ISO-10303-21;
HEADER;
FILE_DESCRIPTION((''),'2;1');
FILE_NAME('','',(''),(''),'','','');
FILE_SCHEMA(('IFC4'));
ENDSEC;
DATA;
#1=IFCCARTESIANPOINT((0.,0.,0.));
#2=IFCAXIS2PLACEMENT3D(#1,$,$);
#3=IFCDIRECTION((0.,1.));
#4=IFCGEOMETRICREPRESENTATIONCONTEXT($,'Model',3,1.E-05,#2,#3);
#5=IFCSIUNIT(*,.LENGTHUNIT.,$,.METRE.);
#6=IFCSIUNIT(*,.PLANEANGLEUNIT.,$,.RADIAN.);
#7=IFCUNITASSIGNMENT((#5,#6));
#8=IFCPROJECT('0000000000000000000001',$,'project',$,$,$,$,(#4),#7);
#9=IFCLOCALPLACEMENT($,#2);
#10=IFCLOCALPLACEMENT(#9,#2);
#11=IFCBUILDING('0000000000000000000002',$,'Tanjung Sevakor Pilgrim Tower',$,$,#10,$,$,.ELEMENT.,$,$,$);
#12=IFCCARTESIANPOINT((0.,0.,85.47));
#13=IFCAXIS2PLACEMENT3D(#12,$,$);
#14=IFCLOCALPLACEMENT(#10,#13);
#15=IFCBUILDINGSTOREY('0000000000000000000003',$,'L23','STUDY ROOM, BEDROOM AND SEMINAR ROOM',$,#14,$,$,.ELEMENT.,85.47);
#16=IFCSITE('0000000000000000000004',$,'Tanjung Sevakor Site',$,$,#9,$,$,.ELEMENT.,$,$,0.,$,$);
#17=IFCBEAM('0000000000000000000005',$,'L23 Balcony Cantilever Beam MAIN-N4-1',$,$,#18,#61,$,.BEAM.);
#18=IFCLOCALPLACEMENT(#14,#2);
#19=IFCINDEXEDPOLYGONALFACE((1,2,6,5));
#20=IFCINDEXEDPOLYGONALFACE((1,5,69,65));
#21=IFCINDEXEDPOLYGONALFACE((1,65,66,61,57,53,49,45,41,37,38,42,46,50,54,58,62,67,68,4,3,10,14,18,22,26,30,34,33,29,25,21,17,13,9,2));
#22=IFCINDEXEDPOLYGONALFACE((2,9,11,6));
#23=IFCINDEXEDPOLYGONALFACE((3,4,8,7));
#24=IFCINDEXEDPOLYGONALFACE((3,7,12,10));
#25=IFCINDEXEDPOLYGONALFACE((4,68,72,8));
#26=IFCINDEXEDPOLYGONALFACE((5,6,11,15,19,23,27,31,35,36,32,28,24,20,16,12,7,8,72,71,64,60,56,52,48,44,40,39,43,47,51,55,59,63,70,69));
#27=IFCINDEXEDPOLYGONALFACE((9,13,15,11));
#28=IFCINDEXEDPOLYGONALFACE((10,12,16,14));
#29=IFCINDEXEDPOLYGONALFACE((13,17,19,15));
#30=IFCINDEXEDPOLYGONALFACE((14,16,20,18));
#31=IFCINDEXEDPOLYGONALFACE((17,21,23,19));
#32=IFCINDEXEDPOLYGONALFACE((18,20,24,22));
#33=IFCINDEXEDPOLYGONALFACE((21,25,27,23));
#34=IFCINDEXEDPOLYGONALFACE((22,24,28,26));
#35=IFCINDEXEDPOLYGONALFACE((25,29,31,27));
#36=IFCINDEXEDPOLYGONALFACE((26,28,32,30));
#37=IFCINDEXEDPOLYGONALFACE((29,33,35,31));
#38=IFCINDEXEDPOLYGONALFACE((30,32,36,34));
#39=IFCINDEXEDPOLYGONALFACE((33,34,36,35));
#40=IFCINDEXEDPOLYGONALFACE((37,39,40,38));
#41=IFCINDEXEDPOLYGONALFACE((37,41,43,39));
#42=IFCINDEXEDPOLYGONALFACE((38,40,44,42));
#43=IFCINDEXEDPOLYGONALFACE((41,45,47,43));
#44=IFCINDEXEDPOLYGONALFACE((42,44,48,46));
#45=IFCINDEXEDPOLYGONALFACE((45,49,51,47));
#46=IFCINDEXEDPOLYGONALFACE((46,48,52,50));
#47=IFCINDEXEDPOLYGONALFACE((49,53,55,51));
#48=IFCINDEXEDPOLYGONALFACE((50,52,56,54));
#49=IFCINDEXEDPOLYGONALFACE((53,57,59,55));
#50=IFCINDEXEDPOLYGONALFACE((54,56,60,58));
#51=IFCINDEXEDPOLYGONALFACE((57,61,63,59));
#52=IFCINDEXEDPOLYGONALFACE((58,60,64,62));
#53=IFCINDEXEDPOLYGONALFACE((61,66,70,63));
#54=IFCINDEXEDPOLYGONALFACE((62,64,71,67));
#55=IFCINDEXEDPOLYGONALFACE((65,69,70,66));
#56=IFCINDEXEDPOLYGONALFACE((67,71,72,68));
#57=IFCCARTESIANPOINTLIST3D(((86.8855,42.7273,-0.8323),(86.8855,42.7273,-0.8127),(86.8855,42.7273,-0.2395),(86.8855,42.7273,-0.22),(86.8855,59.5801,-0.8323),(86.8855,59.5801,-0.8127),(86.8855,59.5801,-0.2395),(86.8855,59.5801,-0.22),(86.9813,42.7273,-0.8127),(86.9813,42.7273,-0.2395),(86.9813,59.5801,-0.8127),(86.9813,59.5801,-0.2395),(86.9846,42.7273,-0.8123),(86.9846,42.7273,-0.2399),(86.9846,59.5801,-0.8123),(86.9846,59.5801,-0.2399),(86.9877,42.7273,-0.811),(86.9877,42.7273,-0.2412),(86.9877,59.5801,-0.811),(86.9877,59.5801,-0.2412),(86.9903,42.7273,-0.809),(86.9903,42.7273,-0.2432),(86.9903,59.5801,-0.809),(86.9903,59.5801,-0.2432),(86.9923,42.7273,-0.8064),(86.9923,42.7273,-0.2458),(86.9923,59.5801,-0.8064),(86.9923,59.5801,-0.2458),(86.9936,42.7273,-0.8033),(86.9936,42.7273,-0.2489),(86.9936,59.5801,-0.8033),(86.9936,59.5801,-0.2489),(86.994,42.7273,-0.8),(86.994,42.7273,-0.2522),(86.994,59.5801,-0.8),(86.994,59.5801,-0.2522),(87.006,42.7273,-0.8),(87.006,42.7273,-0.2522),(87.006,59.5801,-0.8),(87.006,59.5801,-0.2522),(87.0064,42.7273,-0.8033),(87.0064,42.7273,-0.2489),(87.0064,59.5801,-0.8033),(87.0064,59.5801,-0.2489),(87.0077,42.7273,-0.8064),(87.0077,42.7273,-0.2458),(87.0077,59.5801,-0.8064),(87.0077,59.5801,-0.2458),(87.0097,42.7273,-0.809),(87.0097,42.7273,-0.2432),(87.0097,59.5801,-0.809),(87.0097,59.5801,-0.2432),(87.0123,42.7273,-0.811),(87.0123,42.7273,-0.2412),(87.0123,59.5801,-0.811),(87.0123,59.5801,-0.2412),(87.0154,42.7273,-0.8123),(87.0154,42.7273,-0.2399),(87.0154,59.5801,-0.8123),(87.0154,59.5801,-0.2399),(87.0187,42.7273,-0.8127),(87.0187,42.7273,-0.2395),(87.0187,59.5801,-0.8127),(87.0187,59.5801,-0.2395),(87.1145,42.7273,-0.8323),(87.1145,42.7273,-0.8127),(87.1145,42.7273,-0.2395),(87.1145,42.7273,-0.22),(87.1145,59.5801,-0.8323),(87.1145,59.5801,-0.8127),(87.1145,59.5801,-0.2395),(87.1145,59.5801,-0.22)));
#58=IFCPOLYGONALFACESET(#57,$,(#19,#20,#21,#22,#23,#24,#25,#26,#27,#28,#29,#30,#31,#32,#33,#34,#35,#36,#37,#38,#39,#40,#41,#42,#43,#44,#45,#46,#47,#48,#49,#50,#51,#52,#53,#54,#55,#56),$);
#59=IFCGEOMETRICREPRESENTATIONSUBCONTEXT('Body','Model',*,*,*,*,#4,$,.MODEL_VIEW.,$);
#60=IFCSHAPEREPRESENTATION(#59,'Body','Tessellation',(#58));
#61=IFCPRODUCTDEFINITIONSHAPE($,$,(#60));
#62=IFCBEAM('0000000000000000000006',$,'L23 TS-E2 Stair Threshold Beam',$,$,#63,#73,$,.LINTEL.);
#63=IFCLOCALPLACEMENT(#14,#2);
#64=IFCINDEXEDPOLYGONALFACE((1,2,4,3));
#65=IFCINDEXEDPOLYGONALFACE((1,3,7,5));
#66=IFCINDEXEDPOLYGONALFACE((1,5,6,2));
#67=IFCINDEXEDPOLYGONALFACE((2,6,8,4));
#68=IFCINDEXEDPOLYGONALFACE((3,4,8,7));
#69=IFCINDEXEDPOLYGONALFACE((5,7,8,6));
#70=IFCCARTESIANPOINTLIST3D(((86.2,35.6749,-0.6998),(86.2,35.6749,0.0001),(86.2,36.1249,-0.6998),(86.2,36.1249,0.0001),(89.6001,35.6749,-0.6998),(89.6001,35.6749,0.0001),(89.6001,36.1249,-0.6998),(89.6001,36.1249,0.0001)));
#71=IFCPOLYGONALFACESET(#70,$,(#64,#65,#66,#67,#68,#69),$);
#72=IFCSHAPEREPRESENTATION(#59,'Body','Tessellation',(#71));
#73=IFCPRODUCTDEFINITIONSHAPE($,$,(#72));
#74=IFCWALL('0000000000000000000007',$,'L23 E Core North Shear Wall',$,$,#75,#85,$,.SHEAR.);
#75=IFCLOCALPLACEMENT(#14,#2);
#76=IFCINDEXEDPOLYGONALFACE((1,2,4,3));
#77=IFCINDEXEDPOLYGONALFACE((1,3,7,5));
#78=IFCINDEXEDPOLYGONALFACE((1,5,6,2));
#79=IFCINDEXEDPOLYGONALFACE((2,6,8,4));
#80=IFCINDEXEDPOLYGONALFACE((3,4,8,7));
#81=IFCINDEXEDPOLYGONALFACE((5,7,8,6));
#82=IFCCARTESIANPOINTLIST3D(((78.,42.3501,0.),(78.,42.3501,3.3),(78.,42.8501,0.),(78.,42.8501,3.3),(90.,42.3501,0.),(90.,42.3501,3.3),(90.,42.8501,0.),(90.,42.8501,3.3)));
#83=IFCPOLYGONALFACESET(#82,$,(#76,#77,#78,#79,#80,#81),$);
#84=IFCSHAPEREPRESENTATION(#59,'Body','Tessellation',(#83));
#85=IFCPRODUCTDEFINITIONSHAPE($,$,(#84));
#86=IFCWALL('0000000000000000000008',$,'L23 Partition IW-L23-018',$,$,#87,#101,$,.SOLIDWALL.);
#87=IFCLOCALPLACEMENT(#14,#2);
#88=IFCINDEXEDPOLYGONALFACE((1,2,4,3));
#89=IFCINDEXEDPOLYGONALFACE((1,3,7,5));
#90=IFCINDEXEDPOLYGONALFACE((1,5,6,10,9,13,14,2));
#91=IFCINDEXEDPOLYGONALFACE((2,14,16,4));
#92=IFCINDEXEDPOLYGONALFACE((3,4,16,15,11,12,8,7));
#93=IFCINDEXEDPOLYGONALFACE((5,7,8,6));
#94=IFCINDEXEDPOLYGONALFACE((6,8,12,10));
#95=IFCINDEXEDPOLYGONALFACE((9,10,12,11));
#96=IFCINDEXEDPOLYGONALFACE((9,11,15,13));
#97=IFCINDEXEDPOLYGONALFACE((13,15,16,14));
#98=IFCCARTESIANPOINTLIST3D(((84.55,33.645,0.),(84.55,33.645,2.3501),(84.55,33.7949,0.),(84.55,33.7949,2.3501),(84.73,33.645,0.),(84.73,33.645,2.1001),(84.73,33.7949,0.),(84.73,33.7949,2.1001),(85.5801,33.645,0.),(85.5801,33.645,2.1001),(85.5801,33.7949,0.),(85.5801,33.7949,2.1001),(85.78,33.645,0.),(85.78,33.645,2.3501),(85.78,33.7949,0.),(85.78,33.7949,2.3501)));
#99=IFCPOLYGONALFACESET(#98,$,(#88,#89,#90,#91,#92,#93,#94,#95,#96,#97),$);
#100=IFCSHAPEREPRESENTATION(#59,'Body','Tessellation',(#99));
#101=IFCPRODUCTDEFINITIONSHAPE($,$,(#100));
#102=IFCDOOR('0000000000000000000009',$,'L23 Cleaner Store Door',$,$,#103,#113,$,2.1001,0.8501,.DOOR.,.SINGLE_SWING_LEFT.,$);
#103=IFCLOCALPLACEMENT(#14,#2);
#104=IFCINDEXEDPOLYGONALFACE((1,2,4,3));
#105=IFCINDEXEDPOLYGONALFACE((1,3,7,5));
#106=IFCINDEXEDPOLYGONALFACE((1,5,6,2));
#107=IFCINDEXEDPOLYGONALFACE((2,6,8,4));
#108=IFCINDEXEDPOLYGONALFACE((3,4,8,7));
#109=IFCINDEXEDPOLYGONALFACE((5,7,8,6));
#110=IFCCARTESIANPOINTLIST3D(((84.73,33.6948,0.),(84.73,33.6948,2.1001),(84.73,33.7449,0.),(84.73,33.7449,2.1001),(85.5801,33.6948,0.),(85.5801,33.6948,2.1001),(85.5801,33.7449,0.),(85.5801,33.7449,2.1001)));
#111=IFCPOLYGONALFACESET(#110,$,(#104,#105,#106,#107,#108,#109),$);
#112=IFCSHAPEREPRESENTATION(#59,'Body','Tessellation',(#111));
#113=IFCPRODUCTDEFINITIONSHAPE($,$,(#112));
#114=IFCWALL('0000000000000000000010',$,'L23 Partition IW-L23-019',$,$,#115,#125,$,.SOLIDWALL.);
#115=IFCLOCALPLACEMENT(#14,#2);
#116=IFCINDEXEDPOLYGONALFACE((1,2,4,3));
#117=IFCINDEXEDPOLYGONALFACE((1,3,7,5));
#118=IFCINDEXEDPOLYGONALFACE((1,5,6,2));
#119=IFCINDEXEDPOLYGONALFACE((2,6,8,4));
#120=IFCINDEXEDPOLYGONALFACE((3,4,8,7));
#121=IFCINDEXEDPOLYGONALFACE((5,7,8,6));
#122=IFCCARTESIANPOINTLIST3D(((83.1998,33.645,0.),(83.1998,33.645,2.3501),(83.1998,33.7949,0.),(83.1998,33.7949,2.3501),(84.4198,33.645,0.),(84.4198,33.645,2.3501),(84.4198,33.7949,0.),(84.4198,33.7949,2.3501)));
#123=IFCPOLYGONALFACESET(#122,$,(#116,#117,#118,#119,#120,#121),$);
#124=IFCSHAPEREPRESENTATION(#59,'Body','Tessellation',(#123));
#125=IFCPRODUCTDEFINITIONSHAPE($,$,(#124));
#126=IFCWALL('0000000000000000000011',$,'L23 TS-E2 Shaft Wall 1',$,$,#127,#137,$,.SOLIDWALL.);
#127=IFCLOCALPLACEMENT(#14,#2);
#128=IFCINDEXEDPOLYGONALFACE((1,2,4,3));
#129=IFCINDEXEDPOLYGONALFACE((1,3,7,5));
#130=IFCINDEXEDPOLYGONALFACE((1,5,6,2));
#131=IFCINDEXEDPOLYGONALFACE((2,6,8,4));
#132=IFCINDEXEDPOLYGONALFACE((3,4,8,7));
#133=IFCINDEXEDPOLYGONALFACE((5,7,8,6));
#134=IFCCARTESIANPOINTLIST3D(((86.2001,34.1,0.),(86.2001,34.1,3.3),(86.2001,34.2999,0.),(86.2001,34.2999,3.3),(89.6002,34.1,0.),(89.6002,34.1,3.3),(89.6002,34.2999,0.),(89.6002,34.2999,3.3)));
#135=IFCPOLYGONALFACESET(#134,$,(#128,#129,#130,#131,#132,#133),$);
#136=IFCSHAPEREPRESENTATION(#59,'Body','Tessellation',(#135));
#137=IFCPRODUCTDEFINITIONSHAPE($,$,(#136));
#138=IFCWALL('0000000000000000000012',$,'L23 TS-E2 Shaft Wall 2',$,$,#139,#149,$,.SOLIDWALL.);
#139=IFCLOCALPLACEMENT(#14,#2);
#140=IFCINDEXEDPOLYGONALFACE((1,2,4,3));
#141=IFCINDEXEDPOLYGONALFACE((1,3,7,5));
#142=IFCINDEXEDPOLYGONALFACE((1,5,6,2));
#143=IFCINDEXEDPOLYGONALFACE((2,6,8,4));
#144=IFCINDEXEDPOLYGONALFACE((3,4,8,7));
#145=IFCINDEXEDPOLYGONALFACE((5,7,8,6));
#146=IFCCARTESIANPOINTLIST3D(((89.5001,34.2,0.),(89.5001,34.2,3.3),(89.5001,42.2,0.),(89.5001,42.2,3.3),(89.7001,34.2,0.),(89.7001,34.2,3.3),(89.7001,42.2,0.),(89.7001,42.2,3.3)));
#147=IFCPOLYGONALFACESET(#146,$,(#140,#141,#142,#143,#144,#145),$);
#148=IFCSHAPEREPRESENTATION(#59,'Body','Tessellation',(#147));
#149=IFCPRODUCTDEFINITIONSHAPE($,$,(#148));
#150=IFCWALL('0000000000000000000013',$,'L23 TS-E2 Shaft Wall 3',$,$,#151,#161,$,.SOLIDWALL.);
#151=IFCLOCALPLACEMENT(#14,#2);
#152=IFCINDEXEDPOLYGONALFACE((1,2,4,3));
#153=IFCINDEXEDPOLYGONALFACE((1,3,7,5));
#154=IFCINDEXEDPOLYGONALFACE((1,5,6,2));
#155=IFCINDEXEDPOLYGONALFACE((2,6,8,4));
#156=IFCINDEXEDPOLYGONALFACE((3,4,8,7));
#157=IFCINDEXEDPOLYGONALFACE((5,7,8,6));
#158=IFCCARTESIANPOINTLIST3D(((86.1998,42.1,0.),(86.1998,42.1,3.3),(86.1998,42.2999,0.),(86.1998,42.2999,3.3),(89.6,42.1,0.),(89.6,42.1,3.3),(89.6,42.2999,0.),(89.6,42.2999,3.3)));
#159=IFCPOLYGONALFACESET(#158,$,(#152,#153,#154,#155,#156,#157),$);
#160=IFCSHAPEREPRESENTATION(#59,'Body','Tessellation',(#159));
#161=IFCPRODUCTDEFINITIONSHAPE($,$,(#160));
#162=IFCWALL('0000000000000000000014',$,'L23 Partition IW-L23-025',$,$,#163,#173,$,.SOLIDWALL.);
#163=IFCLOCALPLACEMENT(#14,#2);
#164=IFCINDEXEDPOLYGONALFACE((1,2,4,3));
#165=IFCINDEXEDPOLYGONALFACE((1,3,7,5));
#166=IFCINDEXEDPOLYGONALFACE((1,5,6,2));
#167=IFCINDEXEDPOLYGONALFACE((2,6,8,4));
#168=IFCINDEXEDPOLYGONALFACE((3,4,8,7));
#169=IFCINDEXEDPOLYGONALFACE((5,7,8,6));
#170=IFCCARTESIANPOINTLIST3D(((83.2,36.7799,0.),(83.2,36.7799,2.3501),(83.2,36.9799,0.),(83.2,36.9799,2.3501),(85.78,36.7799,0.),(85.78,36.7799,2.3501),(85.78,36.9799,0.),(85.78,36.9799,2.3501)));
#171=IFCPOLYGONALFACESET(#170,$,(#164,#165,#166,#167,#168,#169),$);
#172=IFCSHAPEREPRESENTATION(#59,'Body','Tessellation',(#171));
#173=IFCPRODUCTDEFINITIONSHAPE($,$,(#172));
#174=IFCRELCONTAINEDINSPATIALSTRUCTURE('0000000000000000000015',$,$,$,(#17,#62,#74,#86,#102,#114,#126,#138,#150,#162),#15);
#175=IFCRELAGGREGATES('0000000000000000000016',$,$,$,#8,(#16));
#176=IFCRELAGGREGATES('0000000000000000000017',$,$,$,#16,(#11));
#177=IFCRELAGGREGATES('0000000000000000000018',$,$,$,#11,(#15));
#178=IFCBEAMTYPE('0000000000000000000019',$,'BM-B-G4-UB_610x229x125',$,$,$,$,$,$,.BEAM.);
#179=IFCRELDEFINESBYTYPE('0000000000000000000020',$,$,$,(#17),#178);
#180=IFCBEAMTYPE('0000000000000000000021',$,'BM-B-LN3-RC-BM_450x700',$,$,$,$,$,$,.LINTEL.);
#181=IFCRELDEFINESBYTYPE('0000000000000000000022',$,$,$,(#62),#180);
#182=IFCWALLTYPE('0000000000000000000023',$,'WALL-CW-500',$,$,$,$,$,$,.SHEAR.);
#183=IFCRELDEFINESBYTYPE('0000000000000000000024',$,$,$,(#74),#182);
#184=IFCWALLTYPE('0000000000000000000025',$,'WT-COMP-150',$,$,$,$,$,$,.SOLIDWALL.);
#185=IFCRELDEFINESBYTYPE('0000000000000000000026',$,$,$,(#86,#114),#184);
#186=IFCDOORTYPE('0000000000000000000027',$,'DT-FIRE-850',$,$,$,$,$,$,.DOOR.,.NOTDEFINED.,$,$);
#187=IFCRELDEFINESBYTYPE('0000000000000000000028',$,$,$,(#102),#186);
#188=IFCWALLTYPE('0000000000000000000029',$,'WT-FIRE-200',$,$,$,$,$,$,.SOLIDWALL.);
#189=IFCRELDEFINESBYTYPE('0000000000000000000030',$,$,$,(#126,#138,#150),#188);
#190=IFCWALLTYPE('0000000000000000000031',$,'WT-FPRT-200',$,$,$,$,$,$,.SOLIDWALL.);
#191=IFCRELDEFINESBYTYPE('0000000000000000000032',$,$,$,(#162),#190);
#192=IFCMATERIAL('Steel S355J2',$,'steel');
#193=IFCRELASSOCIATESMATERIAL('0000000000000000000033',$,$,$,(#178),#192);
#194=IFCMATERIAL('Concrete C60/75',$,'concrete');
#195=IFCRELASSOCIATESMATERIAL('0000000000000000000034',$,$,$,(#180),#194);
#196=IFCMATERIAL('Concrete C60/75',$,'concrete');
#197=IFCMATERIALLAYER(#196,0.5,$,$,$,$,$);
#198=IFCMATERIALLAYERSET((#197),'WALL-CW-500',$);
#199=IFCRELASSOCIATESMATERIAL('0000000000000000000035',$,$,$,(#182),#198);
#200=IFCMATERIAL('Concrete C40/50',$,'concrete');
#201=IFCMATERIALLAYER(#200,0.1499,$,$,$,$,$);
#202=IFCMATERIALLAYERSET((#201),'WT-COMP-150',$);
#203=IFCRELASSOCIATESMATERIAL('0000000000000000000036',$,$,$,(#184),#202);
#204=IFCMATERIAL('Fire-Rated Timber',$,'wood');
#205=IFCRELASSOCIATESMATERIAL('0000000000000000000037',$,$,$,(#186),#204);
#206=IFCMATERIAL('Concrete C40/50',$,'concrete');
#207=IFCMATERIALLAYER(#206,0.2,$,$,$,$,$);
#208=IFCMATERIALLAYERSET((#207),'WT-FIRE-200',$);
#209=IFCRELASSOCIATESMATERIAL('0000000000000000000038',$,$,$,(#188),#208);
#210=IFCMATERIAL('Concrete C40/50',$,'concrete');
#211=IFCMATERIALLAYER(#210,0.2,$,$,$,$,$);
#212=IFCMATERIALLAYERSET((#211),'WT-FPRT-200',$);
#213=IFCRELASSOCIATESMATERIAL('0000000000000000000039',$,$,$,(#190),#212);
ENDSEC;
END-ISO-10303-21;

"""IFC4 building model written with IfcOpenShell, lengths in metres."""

from ifc_helpers import new_model, si_unit, direction, frame, frame_2d, origin, origin_2d, place, context, subcontext, project, spatial, rectangle, i_section, extrude, material, layer, layer_set, material_profile, profile_set, type_object, element, fill, save


model = new_model("IFC4")

# Units and contexts
model_context = context("Model", 3, precision=1e-05, world=origin(), true_north=direction((0.0, 1.0)))
body_context = subcontext(model_context, "Body", "Model", "MODEL_VIEW")
ifc_project = project(units=[si_unit("LENGTHUNIT", "METRE"), si_unit("PLANEANGLEUNIT", "RADIAN")], contexts=[model_context])

# Site, building, storey
site_placement = place(None, origin())
site = spatial("IfcSite", under=ifc_project, at=site_placement, Name="Tanjung Sevakor Site", CompositionType="ELEMENT", RefElevation=0.0)
building_placement = place(site_placement, origin())
building = spatial("IfcBuilding", under=site, at=building_placement, Name="Tanjung Sevakor Pilgrim Tower", CompositionType="ELEMENT")
storey_placement = place(building_placement, frame((0.0, 0.0, 85.47)))
storey = spatial("IfcBuildingStorey", under=building, at=storey_placement, Name="L23", Description="STUDY ROOM, BEDROOM AND SEMINAR ROOM", CompositionType="ELEMENT", Elevation=85.47)

# Beams
ifc_material_1 = material(Name="Steel S355J2", Category="steel")
ifc_material_profile_1 = material_profile(ifc_material_1, i_section(OverallWidth=0.229, OverallDepth=0.6123, WebThickness=0.012, FlangeThickness=0.0195, FilletRadius=0.0127, at=origin_2d()))
ifc_profile_set_1 = profile_set([ifc_material_profile_1], Name="Steel S355J2")
beam_type_1 = type_object("IfcBeamType", Name="BM-B-G4-UB_610x229x125", PredefinedType="BEAM", material=ifc_profile_set_1)
beam_1_placement = place(storey_placement, frame((87.0, 42.7273, -0.5261), z_axis=(0.0, 1.0, 0.0), x_axis=(-1.0, 0.0, 0.0)))
element("IfcBeam", 1, at=beam_1_placement, inside=storey, type_object=beam_type_1, Name="L23 Balcony Cantilever Beam MAIN-N4-1", PredefinedType="BEAM", context=body_context, shape_type="SweptSolid", body=[
    extrude(i_section(OverallWidth=0.229, OverallDepth=0.6123, WebThickness=0.012, FlangeThickness=0.0195, FilletRadius=0.0127, at=origin_2d()), origin(), (0.0, 0.0, 1.0), 16.8528),
])
ifc_material_2 = material(Name="Concrete C60/75", Category="concrete")
ifc_material_profile_2 = material_profile(ifc_material_2, rectangle(XDim=0.45, YDim=0.7, at=origin_2d()))
ifc_profile_set_2 = profile_set([ifc_material_profile_2], Name="Concrete C60/75")
beam_type_2 = type_object("IfcBeamType", Name="BM-B-LN3-RC-BM_450x700", PredefinedType="LINTEL", material=ifc_profile_set_2)
beam_2_placement = place(storey_placement, frame((86.2, 35.8999, -0.3499), z_axis=(1.0, 0.0, 0.0), x_axis=(0.0, 1.0, 0.0)))
element("IfcBeam", 2, at=beam_2_placement, inside=storey, type_object=beam_type_2, Name="L23 TS-E2 Stair Threshold Beam", PredefinedType="LINTEL", context=body_context, shape_type="SweptSolid", body=[
    extrude(rectangle(XDim=0.45, YDim=0.7, at=origin_2d()), origin(), (0.0, 0.0, 1.0), 3.4001),
])

# Wall
ifc_material_3 = material(Name="Concrete C60/75", Category="concrete")
ifc_layer_1 = layer(ifc_material_3, 0.5)
ifc_layer_set_1 = layer_set([ifc_layer_1], Name="WALL-CW-500")
wall_type_1 = type_object("IfcWallType", Name="WALL-CW-500", PredefinedType="SHEAR", material=ifc_layer_set_1)
wall_1_placement = place(storey_placement, frame((90.0, 42.6001, 0.0), z_axis=(0.0, 0.0, 1.0), x_axis=(-1.0, 0.0, 0.0)))
element("IfcWall", 3, at=wall_1_placement, inside=storey, type_object=wall_type_1, Name="L23 E Core North Shear Wall", PredefinedType="SHEAR", context=body_context, shape_type="SweptSolid", body=[
    extrude(rectangle(XDim=12.0, YDim=0.5, at=frame_2d((6.0, 0.0))), origin(), (0.0, 0.0, 1.0), 3.3),
])

# Wall, opening, door
ifc_material_4 = material(Name="Concrete C40/50", Category="concrete")
ifc_layer_2 = layer(ifc_material_4, 0.1499)
ifc_layer_set_2 = layer_set([ifc_layer_2], Name="WT-COMP-150")
wall_type_2 = type_object("IfcWallType", Name="WT-COMP-150", PredefinedType="SOLIDWALL", material=ifc_layer_set_2)
wall_2_placement = place(storey_placement, frame((84.55, 33.72, 0.0), z_axis=(0.0, 0.0, 1.0), x_axis=(1.0, 0.0, 0.0)))
wall_2 = element("IfcWall", 4, at=wall_2_placement, inside=storey, type_object=wall_type_2, Name="L23 Partition IW-L23-018", PredefinedType="SOLIDWALL", context=body_context, shape_type="SweptSolid", body=[
    extrude(rectangle(XDim=1.23, YDim=0.1499, at=frame_2d((0.615, 0.0))), origin(), (0.0, 0.0, 1.0), 2.3501),
])
opening_1_placement = place(wall_2_placement, frame((0.1799, 0.0, 0.0)))
opening_1 = element("IfcOpeningElement", 5, at=opening_1_placement, cuts=wall_2, PredefinedType="OPENING", context=body_context, shape_type="SweptSolid", body=[
    extrude(rectangle(XDim=0.8501, YDim=2.1001, at=frame_2d((0.425, 1.05))), frame((0.0, 0.085, 0.0), z_axis=(0.0, -1.0, 0.0), x_axis=(1.0, 0.0, 0.0)), (0.0, 0.0, 1.0), 0.1699),
])
ifc_material_5 = material(Name="Fire-Rated Timber", Category="wood")
door_type_1 = type_object("IfcDoorType", Name="DT-FIRE-850", OperationType="NOTDEFINED", PredefinedType="DOOR", material=ifc_material_5)
door_1_placement = place(opening_1_placement, origin())
door_1 = element("IfcDoor", 6, at=door_1_placement, inside=storey, type_object=door_type_1, Name="L23 Cleaner Store Door", OperationType="SINGLE_SWING_LEFT", OverallHeight=2.1001, OverallWidth=0.8501, PredefinedType="DOOR", context=body_context, shape_type="SweptSolid", body=[
    extrude(rectangle(XDim=0.8501, YDim=2.1001, at=frame_2d((0.425, 1.05))), frame((0.0, 0.0249, 0.0), z_axis=(0.0, -1.0, 0.0), x_axis=(1.0, 0.0, 0.0)), (0.0, 0.0, 1.0), 0.05),
])
fill(opening_1, door_1)

# Walls
wall_3_placement = place(storey_placement, frame((83.2, 33.72, 0.0), z_axis=(0.0, 0.0, 1.0), x_axis=(1.0, 0.0, 0.0)))
element("IfcWall", 7, at=wall_3_placement, inside=storey, type_object=wall_type_2, Name="L23 Partition IW-L23-019", PredefinedType="SOLIDWALL", context=body_context, shape_type="SweptSolid", body=[
    extrude(rectangle(XDim=1.22, YDim=0.1499, at=frame_2d((0.6099, 0.0))), origin(), (0.0, 0.0, 1.0), 2.3501),
])
ifc_material_6 = material(Name="Concrete C40/50", Category="concrete")
ifc_layer_3 = layer(ifc_material_6, 0.2)
ifc_layer_set_3 = layer_set([ifc_layer_3], Name="WT-FIRE-200")
wall_type_3 = type_object("IfcWallType", Name="WT-FIRE-200", PredefinedType="SOLIDWALL", material=ifc_layer_set_3)
wall_4_placement = place(storey_placement, frame((86.2, 34.2, 0.0), z_axis=(0.0, 0.0, 1.0), x_axis=(1.0, 0.0, 0.0)))
element("IfcWall", 8, at=wall_4_placement, inside=storey, type_object=wall_type_3, Name="L23 TS-E2 Shaft Wall 1", PredefinedType="SOLIDWALL", context=body_context, shape_type="SweptSolid", body=[
    extrude(rectangle(XDim=3.4001, YDim=0.2, at=frame_2d((1.7002, 0.0))), origin(), (0.0, 0.0, 1.0), 3.3),
])
wall_5_placement = place(storey_placement, frame((89.6001, 34.2, 0.0), z_axis=(0.0, 0.0, 1.0), x_axis=(0.0, 1.0, 0.0)))
element("IfcWall", 9, at=wall_5_placement, inside=storey, type_object=wall_type_3, Name="L23 TS-E2 Shaft Wall 2", PredefinedType="SOLIDWALL", context=body_context, shape_type="SweptSolid", body=[
    extrude(rectangle(XDim=8.0, YDim=0.2, at=frame_2d((4.0, 0.0))), origin(), (0.0, 0.0, 1.0), 3.3),
])
wall_6_placement = place(storey_placement, frame((89.6001, 42.2, 0.0), z_axis=(0.0, 0.0, 1.0), x_axis=(-1.0, 0.0, 0.0)))
element("IfcWall", 10, at=wall_6_placement, inside=storey, type_object=wall_type_3, Name="L23 TS-E2 Shaft Wall 3", PredefinedType="SOLIDWALL", context=body_context, shape_type="SweptSolid", body=[
    extrude(rectangle(XDim=3.4001, YDim=0.2, at=frame_2d((1.7002, 0.0))), origin(), (0.0, 0.0, 1.0), 3.3),
])
ifc_material_7 = material(Name="Concrete C40/50", Category="concrete")
ifc_layer_4 = layer(ifc_material_7, 0.2)
ifc_layer_set_4 = layer_set([ifc_layer_4], Name="WT-FPRT-200")
wall_type_4 = type_object("IfcWallType", Name="WT-FPRT-200", PredefinedType="SOLIDWALL", material=ifc_layer_set_4)
wall_7_placement = place(storey_placement, frame((83.2, 36.8799, 0.0), z_axis=(0.0, 0.0, 1.0), x_axis=(1.0, 0.0, 0.0)))
element("IfcWall", 11, at=wall_7_placement, inside=storey, type_object=wall_type_4, Name="L23 Partition IW-L23-025", PredefinedType="SOLIDWALL", context=body_context, shape_type="SweptSolid", body=[
    extrude(rectangle(XDim=2.5801, YDim=0.2, at=frame_2d((1.29, 0.0))), origin(), (0.0, 0.0, 1.0), 2.3501),
])

save(model, "model.ifc")
